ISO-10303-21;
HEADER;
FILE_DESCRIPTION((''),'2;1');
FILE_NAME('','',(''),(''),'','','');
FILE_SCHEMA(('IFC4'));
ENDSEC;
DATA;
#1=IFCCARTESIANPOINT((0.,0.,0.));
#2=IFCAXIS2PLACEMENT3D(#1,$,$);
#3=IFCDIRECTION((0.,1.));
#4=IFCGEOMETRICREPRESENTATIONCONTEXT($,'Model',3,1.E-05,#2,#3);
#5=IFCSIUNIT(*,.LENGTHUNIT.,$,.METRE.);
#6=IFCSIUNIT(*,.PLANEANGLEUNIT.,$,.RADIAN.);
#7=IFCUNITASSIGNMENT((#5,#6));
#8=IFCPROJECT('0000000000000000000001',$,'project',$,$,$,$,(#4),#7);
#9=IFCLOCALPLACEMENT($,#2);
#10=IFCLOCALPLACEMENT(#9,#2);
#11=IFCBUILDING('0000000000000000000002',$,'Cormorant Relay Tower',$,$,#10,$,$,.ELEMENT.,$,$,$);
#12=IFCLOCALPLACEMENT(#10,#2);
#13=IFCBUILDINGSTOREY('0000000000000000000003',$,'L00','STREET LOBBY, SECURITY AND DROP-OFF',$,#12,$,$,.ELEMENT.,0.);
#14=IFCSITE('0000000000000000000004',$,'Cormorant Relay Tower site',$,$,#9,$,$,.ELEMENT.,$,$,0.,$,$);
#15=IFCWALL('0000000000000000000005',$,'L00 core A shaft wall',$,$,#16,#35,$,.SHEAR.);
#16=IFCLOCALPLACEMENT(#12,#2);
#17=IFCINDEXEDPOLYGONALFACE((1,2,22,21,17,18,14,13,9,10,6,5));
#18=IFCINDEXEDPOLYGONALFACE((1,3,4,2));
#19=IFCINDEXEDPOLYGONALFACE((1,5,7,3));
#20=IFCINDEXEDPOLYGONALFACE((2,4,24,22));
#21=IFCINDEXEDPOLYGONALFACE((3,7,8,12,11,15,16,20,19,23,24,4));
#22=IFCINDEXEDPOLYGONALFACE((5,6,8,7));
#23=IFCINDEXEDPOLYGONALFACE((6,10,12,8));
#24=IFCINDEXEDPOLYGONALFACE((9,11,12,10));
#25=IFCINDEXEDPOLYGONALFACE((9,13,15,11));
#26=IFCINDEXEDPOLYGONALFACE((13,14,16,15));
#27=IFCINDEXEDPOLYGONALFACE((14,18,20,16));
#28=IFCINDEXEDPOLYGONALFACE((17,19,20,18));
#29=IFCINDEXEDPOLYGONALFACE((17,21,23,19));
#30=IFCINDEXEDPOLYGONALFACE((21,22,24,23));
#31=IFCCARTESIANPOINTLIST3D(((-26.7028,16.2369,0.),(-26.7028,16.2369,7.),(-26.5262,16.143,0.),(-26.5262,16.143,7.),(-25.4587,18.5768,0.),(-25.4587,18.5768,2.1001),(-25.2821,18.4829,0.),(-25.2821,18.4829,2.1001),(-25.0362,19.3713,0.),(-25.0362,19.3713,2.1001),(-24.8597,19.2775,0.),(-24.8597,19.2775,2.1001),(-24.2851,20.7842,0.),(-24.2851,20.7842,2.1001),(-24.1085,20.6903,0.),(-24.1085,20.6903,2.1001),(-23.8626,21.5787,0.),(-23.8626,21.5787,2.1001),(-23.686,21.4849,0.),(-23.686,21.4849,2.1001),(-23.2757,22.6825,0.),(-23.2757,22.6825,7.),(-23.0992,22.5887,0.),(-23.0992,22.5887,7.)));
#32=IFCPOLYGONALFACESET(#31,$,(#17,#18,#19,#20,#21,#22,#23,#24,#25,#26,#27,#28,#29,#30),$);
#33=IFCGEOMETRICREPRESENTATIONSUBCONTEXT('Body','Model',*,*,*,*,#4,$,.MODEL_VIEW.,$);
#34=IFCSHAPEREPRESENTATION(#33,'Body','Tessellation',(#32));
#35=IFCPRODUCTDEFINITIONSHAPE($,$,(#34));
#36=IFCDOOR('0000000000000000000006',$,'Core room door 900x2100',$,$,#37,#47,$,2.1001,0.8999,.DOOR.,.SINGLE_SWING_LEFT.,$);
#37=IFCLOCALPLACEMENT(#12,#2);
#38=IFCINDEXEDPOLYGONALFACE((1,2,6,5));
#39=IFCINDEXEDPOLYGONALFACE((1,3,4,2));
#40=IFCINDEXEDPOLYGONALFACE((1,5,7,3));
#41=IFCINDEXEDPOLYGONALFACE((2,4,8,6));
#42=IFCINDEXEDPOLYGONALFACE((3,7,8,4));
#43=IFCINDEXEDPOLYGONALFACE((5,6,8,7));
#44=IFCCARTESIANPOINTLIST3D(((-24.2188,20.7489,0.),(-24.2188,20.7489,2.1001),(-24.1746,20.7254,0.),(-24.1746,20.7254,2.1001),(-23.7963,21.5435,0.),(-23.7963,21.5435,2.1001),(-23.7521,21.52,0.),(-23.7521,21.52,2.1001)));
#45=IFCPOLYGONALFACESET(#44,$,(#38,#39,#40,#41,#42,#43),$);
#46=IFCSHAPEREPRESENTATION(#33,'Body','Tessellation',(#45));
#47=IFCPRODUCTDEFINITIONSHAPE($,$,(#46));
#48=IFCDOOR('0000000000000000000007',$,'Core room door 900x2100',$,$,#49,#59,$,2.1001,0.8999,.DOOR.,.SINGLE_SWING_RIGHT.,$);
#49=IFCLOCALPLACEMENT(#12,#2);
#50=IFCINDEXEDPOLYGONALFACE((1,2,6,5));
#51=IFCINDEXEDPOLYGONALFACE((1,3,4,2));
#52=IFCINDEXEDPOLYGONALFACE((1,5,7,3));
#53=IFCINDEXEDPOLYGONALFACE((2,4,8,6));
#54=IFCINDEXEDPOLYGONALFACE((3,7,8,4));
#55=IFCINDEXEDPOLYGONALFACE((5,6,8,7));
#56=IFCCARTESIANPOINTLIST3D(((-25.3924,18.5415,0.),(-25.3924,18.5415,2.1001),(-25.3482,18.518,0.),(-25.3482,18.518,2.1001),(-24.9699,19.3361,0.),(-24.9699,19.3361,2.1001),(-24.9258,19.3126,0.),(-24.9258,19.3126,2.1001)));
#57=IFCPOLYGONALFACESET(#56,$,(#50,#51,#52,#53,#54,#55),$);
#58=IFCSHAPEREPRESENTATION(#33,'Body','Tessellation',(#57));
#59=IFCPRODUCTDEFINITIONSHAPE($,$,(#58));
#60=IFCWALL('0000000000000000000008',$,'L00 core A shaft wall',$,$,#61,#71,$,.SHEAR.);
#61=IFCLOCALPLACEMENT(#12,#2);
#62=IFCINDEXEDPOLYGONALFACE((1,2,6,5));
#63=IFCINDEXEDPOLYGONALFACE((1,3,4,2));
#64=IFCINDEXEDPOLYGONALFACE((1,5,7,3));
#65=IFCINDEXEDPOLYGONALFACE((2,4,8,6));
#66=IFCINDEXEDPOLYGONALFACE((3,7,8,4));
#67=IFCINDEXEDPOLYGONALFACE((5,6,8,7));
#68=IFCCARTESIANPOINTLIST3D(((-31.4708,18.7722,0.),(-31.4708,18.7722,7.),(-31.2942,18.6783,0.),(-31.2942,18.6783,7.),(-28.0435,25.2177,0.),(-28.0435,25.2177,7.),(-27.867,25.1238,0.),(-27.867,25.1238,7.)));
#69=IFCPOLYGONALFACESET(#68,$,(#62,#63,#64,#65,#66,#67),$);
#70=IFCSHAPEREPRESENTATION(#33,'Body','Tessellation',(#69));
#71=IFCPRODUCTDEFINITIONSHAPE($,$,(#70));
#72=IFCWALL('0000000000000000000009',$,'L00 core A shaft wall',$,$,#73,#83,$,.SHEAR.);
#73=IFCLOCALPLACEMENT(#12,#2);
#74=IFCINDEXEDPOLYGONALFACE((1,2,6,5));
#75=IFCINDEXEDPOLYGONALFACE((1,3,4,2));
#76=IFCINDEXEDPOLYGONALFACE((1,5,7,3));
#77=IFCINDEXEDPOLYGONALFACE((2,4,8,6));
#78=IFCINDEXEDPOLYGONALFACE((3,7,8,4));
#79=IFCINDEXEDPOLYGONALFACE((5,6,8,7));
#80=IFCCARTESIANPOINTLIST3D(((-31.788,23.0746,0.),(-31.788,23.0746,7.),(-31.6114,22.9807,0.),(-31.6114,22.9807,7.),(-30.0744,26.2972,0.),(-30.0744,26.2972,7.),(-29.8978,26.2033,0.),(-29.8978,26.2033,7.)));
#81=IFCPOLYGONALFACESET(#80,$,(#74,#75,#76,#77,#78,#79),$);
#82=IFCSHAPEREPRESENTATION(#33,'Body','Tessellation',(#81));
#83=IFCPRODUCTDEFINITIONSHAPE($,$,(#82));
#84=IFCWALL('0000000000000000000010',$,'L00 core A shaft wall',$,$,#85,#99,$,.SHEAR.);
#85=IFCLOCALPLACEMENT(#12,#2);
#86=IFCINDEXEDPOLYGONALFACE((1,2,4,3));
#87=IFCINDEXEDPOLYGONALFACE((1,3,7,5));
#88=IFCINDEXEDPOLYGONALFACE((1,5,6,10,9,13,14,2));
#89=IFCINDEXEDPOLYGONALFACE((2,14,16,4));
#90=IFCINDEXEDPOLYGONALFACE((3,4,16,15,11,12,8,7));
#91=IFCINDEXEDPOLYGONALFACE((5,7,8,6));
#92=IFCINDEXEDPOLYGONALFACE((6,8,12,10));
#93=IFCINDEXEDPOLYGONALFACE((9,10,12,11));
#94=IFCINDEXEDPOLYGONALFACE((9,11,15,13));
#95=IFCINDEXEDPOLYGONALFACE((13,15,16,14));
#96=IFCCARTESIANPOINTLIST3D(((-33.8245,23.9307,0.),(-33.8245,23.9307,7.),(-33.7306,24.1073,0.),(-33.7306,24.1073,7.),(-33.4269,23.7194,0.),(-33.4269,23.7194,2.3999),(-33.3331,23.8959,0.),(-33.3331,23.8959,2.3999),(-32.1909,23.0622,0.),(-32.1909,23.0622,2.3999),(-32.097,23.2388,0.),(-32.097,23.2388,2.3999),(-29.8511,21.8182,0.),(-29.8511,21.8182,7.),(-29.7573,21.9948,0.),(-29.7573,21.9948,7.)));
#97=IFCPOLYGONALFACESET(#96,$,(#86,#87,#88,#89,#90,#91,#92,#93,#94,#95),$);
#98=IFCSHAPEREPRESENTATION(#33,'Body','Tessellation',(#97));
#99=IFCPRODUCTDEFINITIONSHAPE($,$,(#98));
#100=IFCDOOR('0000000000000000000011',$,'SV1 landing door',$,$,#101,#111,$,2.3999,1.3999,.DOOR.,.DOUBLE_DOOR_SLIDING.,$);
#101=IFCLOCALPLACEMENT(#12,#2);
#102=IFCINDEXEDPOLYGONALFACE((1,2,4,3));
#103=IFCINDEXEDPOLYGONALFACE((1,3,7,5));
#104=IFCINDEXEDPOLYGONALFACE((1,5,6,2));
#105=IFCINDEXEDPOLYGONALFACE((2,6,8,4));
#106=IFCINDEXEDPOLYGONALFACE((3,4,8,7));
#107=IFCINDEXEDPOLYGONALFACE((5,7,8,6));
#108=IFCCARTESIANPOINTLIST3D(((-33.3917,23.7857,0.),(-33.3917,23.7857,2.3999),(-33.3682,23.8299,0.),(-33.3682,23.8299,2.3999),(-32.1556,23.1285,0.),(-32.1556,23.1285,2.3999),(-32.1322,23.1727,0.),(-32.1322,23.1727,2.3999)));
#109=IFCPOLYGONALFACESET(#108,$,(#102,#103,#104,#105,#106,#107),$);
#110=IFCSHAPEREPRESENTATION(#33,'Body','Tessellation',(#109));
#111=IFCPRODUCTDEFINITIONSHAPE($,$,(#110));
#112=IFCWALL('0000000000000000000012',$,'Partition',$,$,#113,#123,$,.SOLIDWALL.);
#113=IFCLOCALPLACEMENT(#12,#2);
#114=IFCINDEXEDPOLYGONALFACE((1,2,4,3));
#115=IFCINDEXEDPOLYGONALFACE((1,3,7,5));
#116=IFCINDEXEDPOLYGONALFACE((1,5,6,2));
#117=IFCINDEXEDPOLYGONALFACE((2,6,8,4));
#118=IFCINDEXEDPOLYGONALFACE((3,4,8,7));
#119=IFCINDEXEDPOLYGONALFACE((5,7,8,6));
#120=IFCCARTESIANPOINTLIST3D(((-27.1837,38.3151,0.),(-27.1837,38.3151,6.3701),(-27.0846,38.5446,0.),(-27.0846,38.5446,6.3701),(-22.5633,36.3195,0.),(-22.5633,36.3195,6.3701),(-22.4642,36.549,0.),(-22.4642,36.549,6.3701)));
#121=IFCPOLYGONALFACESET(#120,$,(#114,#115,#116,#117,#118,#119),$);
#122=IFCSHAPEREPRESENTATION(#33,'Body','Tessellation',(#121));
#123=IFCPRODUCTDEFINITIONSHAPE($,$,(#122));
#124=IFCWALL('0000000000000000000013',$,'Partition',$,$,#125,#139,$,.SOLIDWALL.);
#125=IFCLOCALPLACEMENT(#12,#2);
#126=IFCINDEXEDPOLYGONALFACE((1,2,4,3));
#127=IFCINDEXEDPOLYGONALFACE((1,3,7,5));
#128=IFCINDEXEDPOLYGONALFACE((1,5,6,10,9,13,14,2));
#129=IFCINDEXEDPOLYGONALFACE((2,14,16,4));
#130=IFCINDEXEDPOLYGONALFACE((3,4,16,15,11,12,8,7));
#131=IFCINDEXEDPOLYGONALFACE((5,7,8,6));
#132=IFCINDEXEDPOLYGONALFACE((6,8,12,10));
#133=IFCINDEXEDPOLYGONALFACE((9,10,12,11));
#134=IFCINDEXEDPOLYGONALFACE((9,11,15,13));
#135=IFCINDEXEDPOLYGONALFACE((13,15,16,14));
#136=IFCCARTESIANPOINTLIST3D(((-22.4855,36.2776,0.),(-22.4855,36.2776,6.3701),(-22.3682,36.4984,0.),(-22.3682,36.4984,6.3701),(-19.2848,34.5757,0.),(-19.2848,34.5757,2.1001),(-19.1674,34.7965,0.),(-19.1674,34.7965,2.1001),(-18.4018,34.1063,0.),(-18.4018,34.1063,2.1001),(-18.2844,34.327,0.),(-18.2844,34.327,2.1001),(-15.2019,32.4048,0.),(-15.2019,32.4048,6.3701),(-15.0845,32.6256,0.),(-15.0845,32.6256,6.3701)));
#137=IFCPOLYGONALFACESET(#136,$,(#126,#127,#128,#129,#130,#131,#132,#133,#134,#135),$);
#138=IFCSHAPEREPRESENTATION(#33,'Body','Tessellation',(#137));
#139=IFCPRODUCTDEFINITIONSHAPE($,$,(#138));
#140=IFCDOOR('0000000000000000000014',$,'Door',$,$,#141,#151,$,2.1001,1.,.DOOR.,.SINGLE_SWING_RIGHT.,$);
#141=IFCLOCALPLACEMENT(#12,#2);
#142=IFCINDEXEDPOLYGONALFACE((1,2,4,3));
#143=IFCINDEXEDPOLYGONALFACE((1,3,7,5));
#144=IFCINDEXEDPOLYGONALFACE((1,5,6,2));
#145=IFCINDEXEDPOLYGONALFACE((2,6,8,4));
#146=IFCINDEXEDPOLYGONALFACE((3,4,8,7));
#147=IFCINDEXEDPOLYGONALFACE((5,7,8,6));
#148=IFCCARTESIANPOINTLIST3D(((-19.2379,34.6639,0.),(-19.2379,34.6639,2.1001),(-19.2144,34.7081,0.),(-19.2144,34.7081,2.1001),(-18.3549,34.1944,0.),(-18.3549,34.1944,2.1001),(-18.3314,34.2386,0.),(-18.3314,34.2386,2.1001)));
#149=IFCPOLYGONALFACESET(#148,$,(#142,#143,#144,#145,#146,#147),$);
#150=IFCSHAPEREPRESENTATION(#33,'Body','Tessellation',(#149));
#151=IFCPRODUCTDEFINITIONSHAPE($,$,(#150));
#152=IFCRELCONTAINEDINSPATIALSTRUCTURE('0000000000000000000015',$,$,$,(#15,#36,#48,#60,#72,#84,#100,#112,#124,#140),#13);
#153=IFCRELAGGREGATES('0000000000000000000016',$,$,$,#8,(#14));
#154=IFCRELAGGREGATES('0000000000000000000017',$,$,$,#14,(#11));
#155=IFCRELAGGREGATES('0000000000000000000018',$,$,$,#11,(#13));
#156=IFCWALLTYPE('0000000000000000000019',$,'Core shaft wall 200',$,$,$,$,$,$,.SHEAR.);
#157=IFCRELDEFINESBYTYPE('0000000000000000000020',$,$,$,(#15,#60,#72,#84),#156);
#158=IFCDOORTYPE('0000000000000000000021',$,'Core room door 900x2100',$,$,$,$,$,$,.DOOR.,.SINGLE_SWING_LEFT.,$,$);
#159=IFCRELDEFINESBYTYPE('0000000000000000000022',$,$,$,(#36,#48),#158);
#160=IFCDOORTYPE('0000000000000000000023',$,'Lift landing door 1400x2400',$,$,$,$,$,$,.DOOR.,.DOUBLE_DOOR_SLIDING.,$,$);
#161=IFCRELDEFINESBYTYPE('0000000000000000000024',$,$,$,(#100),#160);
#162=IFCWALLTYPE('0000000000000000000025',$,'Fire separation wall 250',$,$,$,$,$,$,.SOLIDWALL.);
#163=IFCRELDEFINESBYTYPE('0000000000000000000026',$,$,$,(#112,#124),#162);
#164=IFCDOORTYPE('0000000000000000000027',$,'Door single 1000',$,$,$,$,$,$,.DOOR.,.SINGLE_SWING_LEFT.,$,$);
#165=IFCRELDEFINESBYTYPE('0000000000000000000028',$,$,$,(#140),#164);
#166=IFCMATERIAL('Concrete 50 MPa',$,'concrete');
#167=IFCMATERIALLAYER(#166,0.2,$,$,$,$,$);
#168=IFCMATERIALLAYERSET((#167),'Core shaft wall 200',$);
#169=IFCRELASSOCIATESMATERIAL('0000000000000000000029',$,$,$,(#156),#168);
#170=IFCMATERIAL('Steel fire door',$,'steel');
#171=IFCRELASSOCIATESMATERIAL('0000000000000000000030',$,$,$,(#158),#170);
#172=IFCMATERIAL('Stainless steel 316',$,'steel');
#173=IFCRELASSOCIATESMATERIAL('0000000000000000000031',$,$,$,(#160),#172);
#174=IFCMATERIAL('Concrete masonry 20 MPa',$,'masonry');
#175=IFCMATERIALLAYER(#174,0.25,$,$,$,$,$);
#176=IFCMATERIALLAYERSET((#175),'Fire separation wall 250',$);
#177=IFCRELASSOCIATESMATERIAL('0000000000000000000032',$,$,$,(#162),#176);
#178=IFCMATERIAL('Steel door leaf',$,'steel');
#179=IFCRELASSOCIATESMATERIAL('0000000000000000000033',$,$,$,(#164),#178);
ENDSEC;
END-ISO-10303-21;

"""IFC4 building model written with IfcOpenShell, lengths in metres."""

from ifc_helpers import new_model, si_unit, direction, frame, frame_2d, origin, place, context, subcontext, project, spatial, rectangle, extrude, material, layer, layer_set, type_object, element, fill, save


model = new_model("IFC4")

# Units and contexts
model_context = context("Model", 3, precision=1e-05, world=origin(), true_north=direction((0.0, 1.0)))
body_context = subcontext(model_context, "Body", "Model", "MODEL_VIEW")
ifc_project = project(units=[si_unit("LENGTHUNIT", "METRE"), si_unit("PLANEANGLEUNIT", "RADIAN")], contexts=[model_context])

# Site, building, storey
site_placement = place(None, origin())
site = spatial("IfcSite", under=ifc_project, at=site_placement, Name="Cormorant Relay Tower site", CompositionType="ELEMENT", RefElevation=0.0)
building_placement = place(site_placement, origin())
building = spatial("IfcBuilding", under=site, at=building_placement, Name="Cormorant Relay Tower", CompositionType="ELEMENT")
storey_placement = place(building_placement, origin())
storey = spatial("IfcBuildingStorey", under=building, at=storey_placement, Name="L00", Description="STREET LOBBY, SECURITY AND DROP-OFF", CompositionType="ELEMENT", Elevation=0.0)

# Shared definitions
ifc_material_1 = material(Name="Concrete 50 MPa", Category="concrete")
ifc_layer_1 = layer(ifc_material_1, 0.2)
ifc_layer_set_1 = layer_set([ifc_layer_1], Name="Core shaft wall 200")
wall_type_1 = type_object("IfcWallType", Name="Core shaft wall 200", PredefinedType="SHEAR", material=ifc_layer_set_1)

# Wall, openings, doors
wall_1_placement = place(storey_placement, frame((-23.1875, 22.6355, 0.0), z_axis=(0.0, 0.0, 1.0), x_axis=(-0.469454, -0.882957, 0.0)))
wall_1 = element("IfcWall", 1, at=wall_1_placement, inside=storey, type_object=wall_type_1, Name="L00 core A shaft wall", PredefinedType="SHEAR", context=body_context, shape_type="SweptSolid", body=[
    extrude(rectangle(XDim=7.3, YDim=0.2, at=frame_2d((3.6499, 0.0))), origin(), (0.0, 0.0, 1.0), 7.0),
])
opening_1_placement = place(wall_1_placement, frame((1.25, 0.0, 0.0)))
opening_1 = element("IfcOpeningElement", 2, at=opening_1_placement, cuts=wall_1, PredefinedType="OPENING", context=body_context, shape_type="SweptSolid", body=[
    extrude(rectangle(XDim=0.8999, YDim=2.1001, at=frame_2d((0.45, 1.05))), frame((0.0, 0.1099, 0.0), z_axis=(0.0, -1.0, 0.0), x_axis=(1.0, 0.0, 0.0)), (0.0, 0.0, 1.0), 0.22),
])
opening_2_placement = place(wall_1_placement, frame((3.75, 0.0, 0.0)))
opening_2 = element("IfcOpeningElement", 3, at=opening_2_placement, cuts=wall_1, PredefinedType="OPENING", context=body_context, shape_type="SweptSolid", body=[
    extrude(rectangle(XDim=0.8999, YDim=2.1001, at=frame_2d((0.45, 1.05))), frame((0.0, 0.1099, 0.0), z_axis=(0.0, -1.0, 0.0), x_axis=(1.0, 0.0, 0.0)), (0.0, 0.0, 1.0), 0.22),
])
ifc_material_2 = material(Name="Steel fire door", Category="steel")
door_type_1 = type_object("IfcDoorType", Name="Core room door 900x2100", OperationType="SINGLE_SWING_LEFT", PredefinedType="DOOR", material=ifc_material_2)
door_1_placement = place(opening_1_placement, frame((0.8999, 0.0, 0.0), z_axis=(0.0, 0.0, 1.0), x_axis=(-1.0, 0.0, 0.0)))
door_1 = element("IfcDoor", 4, at=door_1_placement, inside=storey, type_object=door_type_1, Name="Core room door 900x2100", OperationType="SINGLE_SWING_LEFT", OverallHeight=2.1001, OverallWidth=0.8999, PredefinedType="DOOR", context=body_context, shape_type="SweptSolid", body=[
    extrude(rectangle(XDim=0.8999, YDim=2.1001, at=frame_2d((0.45, 1.05))), frame((0.0, 0.0249, 0.0), z_axis=(0.0, -1.0, 0.0), x_axis=(1.0, 0.0, 0.0)), (0.0, 0.0, 1.0), 0.05),
])
fill(opening_1, door_1)
door_2_placement = place(opening_2_placement, frame((0.8999, 0.0, 0.0), z_axis=(0.0, 0.0, 1.0), x_axis=(-1.0, 0.0, 0.0)))
door_2 = element("IfcDoor", 5, at=door_2_placement, inside=storey, type_object=door_type_1, Name="Core room door 900x2100", OperationType="SINGLE_SWING_RIGHT", OverallHeight=2.1001, OverallWidth=0.8999, PredefinedType="DOOR", context=body_context, shape_type="SweptSolid", body=[
    extrude(rectangle(XDim=0.8999, YDim=2.1001, at=frame_2d((0.45, 1.05))), frame((0.0, 0.0249, 0.0), z_axis=(0.0, -1.0, 0.0), x_axis=(1.0, 0.0, 0.0)), (0.0, 0.0, 1.0), 0.05),
])
fill(opening_2, door_2)

# Walls
wall_2_placement = place(storey_placement, frame((-27.9553, 25.1707, 0.0), z_axis=(0.0, 0.0, 1.0), x_axis=(-0.46948, -0.882943, 0.0)))
element("IfcWall", 6, at=wall_2_placement, inside=storey, type_object=wall_type_1, Name="L00 core A shaft wall", PredefinedType="SHEAR", context=body_context, shape_type="SweptSolid", body=[
    extrude(rectangle(XDim=7.3, YDim=0.2, at=frame_2d((3.6499, 0.0))), origin(), (0.0, 0.0, 1.0), 7.0),
])
wall_3_placement = place(storey_placement, frame((-29.9861, 26.2502, 0.0), z_axis=(0.0, 0.0, 1.0), x_axis=(-0.469494, -0.882936, 0.0)))
element("IfcWall", 7, at=wall_3_placement, inside=storey, type_object=wall_type_1, Name="L00 core A shaft wall", PredefinedType="SHEAR", context=body_context, shape_type="SweptSolid", body=[
    extrude(rectangle(XDim=3.6499, YDim=0.2, at=frame_2d((1.825, 0.0))), origin(), (0.0, 0.0, 1.0), 7.0),
])

# Wall, opening, door
wall_4_placement = place(storey_placement, frame((-29.8042, 21.9065, 0.0), z_axis=(0.0, 0.0, 1.0), x_axis=(-0.88296, 0.469447, 0.0)))
wall_4 = element("IfcWall", 8, at=wall_4_placement, inside=storey, type_object=wall_type_1, Name="L00 core A shaft wall", PredefinedType="SHEAR", context=body_context, shape_type="SweptSolid", body=[
    extrude(rectangle(XDim=4.5, YDim=0.2, at=frame_2d((2.25, 0.0))), origin(), (0.0, 0.0, 1.0), 7.0),
])
opening_3_placement = place(wall_4_placement, frame((2.6499, 0.0, 0.0)))
opening_3 = element("IfcOpeningElement", 9, at=opening_3_placement, cuts=wall_4, PredefinedType="OPENING", context=body_context, shape_type="SweptSolid", body=[
    extrude(rectangle(XDim=1.3999, YDim=2.3999, at=frame_2d((0.7, 1.2))), frame((0.0, 0.1099, 0.0), z_axis=(0.0, -1.0, 0.0), x_axis=(1.0, 0.0, 0.0)), (0.0, 0.0, 1.0), 0.22),
])
ifc_material_3 = material(Name="Stainless steel 316", Category="steel")
door_type_2 = type_object("IfcDoorType", Name="Lift landing door 1400x2400", OperationType="DOUBLE_DOOR_SLIDING", PredefinedType="DOOR", material=ifc_material_3)
door_3_placement = place(opening_3_placement, origin())
door_3 = element("IfcDoor", 10, at=door_3_placement, inside=storey, type_object=door_type_2, Name="SV1 landing door", OperationType="DOUBLE_DOOR_SLIDING", OverallHeight=2.3999, OverallWidth=1.3999, PredefinedType="DOOR", context=body_context, shape_type="SweptSolid", body=[
    extrude(rectangle(XDim=1.3999, YDim=2.3999, at=frame_2d((0.7, 1.2))), frame((0.0, 0.0249, 0.0), z_axis=(0.0, -1.0, 0.0), x_axis=(1.0, 0.0, 0.0)), (0.0, 0.0, 1.0), 0.05),
])
fill(opening_3, door_3)

# Wall
ifc_material_4 = material(Name="Concrete masonry 20 MPa", Category="masonry")
ifc_layer_2 = layer(ifc_material_4, 0.25)
ifc_layer_set_2 = layer_set([ifc_layer_2], Name="Fire separation wall 250")
wall_type_2 = type_object("IfcWallType", Name="Fire separation wall 250", PredefinedType="SOLIDWALL", material=ifc_layer_set_2)
wall_5_placement = place(storey_placement, frame((-27.1343, 38.4299, 0.0), z_axis=(0.0, 0.0, 1.0), x_axis=(0.91803, -0.396511, 0.0)))
element("IfcWall", 11, at=wall_5_placement, inside=storey, type_object=wall_type_2, Name="Partition", PredefinedType="SOLIDWALL", context=body_context, shape_type="SweptSolid", body=[
    extrude(rectangle(XDim=5.033, YDim=0.25, at=frame_2d((2.5166, 0.0))), origin(), (0.0, 0.0, 1.0), 6.3701),
])

# Wall, opening, door
wall_6_placement = place(storey_placement, frame((-22.4268, 36.3879, 0.0), z_axis=(0.0, 0.0, 1.0), x_axis=(0.882948, -0.469471, 0.0)))
wall_6 = element("IfcWall", 12, at=wall_6_placement, inside=storey, type_object=wall_type_2, Name="Partition", PredefinedType="SOLIDWALL", context=body_context, shape_type="SweptSolid", body=[
    extrude(rectangle(XDim=8.2493, YDim=0.25, at=frame_2d((4.1245, 0.0))), origin(), (0.0, 0.0, 1.0), 6.3701),
])
opening_4_placement = place(wall_6_placement, frame((3.625, 0.0, 0.0)))
opening_4 = element("IfcOpeningElement", 13, at=opening_4_placement, cuts=wall_6, PredefinedType="OPENING", context=body_context, shape_type="SweptSolid", body=[
    extrude(rectangle(XDim=1.0, YDim=2.1001, at=frame_2d((0.5, 1.05))), frame((0.0, 0.135, 0.0), z_axis=(0.0, -1.0, 0.0), x_axis=(1.0, 0.0, 0.0)), (0.0, 0.0, 1.0), 0.27),
])
ifc_material_5 = material(Name="Steel door leaf", Category="steel")
door_type_3 = type_object("IfcDoorType", Name="Door single 1000", OperationType="SINGLE_SWING_LEFT", PredefinedType="DOOR", material=ifc_material_5)
door_4_placement = place(opening_4_placement, origin())
door_4 = element("IfcDoor", 14, at=door_4_placement, inside=storey, type_object=door_type_3, Name="Door", OperationType="SINGLE_SWING_RIGHT", OverallHeight=2.1001, OverallWidth=1.0, PredefinedType="DOOR", context=body_context, shape_type="SweptSolid", body=[
    extrude(rectangle(XDim=1.0, YDim=2.1001, at=frame_2d((0.5, 1.05))), frame((0.0, 0.0249, 0.0), z_axis=(0.0, -1.0, 0.0), x_axis=(1.0, 0.0, 0.0)), (0.0, 0.0, 1.0), 0.05),
])
fill(opening_4, door_4)

save(model, "model.ifc")
